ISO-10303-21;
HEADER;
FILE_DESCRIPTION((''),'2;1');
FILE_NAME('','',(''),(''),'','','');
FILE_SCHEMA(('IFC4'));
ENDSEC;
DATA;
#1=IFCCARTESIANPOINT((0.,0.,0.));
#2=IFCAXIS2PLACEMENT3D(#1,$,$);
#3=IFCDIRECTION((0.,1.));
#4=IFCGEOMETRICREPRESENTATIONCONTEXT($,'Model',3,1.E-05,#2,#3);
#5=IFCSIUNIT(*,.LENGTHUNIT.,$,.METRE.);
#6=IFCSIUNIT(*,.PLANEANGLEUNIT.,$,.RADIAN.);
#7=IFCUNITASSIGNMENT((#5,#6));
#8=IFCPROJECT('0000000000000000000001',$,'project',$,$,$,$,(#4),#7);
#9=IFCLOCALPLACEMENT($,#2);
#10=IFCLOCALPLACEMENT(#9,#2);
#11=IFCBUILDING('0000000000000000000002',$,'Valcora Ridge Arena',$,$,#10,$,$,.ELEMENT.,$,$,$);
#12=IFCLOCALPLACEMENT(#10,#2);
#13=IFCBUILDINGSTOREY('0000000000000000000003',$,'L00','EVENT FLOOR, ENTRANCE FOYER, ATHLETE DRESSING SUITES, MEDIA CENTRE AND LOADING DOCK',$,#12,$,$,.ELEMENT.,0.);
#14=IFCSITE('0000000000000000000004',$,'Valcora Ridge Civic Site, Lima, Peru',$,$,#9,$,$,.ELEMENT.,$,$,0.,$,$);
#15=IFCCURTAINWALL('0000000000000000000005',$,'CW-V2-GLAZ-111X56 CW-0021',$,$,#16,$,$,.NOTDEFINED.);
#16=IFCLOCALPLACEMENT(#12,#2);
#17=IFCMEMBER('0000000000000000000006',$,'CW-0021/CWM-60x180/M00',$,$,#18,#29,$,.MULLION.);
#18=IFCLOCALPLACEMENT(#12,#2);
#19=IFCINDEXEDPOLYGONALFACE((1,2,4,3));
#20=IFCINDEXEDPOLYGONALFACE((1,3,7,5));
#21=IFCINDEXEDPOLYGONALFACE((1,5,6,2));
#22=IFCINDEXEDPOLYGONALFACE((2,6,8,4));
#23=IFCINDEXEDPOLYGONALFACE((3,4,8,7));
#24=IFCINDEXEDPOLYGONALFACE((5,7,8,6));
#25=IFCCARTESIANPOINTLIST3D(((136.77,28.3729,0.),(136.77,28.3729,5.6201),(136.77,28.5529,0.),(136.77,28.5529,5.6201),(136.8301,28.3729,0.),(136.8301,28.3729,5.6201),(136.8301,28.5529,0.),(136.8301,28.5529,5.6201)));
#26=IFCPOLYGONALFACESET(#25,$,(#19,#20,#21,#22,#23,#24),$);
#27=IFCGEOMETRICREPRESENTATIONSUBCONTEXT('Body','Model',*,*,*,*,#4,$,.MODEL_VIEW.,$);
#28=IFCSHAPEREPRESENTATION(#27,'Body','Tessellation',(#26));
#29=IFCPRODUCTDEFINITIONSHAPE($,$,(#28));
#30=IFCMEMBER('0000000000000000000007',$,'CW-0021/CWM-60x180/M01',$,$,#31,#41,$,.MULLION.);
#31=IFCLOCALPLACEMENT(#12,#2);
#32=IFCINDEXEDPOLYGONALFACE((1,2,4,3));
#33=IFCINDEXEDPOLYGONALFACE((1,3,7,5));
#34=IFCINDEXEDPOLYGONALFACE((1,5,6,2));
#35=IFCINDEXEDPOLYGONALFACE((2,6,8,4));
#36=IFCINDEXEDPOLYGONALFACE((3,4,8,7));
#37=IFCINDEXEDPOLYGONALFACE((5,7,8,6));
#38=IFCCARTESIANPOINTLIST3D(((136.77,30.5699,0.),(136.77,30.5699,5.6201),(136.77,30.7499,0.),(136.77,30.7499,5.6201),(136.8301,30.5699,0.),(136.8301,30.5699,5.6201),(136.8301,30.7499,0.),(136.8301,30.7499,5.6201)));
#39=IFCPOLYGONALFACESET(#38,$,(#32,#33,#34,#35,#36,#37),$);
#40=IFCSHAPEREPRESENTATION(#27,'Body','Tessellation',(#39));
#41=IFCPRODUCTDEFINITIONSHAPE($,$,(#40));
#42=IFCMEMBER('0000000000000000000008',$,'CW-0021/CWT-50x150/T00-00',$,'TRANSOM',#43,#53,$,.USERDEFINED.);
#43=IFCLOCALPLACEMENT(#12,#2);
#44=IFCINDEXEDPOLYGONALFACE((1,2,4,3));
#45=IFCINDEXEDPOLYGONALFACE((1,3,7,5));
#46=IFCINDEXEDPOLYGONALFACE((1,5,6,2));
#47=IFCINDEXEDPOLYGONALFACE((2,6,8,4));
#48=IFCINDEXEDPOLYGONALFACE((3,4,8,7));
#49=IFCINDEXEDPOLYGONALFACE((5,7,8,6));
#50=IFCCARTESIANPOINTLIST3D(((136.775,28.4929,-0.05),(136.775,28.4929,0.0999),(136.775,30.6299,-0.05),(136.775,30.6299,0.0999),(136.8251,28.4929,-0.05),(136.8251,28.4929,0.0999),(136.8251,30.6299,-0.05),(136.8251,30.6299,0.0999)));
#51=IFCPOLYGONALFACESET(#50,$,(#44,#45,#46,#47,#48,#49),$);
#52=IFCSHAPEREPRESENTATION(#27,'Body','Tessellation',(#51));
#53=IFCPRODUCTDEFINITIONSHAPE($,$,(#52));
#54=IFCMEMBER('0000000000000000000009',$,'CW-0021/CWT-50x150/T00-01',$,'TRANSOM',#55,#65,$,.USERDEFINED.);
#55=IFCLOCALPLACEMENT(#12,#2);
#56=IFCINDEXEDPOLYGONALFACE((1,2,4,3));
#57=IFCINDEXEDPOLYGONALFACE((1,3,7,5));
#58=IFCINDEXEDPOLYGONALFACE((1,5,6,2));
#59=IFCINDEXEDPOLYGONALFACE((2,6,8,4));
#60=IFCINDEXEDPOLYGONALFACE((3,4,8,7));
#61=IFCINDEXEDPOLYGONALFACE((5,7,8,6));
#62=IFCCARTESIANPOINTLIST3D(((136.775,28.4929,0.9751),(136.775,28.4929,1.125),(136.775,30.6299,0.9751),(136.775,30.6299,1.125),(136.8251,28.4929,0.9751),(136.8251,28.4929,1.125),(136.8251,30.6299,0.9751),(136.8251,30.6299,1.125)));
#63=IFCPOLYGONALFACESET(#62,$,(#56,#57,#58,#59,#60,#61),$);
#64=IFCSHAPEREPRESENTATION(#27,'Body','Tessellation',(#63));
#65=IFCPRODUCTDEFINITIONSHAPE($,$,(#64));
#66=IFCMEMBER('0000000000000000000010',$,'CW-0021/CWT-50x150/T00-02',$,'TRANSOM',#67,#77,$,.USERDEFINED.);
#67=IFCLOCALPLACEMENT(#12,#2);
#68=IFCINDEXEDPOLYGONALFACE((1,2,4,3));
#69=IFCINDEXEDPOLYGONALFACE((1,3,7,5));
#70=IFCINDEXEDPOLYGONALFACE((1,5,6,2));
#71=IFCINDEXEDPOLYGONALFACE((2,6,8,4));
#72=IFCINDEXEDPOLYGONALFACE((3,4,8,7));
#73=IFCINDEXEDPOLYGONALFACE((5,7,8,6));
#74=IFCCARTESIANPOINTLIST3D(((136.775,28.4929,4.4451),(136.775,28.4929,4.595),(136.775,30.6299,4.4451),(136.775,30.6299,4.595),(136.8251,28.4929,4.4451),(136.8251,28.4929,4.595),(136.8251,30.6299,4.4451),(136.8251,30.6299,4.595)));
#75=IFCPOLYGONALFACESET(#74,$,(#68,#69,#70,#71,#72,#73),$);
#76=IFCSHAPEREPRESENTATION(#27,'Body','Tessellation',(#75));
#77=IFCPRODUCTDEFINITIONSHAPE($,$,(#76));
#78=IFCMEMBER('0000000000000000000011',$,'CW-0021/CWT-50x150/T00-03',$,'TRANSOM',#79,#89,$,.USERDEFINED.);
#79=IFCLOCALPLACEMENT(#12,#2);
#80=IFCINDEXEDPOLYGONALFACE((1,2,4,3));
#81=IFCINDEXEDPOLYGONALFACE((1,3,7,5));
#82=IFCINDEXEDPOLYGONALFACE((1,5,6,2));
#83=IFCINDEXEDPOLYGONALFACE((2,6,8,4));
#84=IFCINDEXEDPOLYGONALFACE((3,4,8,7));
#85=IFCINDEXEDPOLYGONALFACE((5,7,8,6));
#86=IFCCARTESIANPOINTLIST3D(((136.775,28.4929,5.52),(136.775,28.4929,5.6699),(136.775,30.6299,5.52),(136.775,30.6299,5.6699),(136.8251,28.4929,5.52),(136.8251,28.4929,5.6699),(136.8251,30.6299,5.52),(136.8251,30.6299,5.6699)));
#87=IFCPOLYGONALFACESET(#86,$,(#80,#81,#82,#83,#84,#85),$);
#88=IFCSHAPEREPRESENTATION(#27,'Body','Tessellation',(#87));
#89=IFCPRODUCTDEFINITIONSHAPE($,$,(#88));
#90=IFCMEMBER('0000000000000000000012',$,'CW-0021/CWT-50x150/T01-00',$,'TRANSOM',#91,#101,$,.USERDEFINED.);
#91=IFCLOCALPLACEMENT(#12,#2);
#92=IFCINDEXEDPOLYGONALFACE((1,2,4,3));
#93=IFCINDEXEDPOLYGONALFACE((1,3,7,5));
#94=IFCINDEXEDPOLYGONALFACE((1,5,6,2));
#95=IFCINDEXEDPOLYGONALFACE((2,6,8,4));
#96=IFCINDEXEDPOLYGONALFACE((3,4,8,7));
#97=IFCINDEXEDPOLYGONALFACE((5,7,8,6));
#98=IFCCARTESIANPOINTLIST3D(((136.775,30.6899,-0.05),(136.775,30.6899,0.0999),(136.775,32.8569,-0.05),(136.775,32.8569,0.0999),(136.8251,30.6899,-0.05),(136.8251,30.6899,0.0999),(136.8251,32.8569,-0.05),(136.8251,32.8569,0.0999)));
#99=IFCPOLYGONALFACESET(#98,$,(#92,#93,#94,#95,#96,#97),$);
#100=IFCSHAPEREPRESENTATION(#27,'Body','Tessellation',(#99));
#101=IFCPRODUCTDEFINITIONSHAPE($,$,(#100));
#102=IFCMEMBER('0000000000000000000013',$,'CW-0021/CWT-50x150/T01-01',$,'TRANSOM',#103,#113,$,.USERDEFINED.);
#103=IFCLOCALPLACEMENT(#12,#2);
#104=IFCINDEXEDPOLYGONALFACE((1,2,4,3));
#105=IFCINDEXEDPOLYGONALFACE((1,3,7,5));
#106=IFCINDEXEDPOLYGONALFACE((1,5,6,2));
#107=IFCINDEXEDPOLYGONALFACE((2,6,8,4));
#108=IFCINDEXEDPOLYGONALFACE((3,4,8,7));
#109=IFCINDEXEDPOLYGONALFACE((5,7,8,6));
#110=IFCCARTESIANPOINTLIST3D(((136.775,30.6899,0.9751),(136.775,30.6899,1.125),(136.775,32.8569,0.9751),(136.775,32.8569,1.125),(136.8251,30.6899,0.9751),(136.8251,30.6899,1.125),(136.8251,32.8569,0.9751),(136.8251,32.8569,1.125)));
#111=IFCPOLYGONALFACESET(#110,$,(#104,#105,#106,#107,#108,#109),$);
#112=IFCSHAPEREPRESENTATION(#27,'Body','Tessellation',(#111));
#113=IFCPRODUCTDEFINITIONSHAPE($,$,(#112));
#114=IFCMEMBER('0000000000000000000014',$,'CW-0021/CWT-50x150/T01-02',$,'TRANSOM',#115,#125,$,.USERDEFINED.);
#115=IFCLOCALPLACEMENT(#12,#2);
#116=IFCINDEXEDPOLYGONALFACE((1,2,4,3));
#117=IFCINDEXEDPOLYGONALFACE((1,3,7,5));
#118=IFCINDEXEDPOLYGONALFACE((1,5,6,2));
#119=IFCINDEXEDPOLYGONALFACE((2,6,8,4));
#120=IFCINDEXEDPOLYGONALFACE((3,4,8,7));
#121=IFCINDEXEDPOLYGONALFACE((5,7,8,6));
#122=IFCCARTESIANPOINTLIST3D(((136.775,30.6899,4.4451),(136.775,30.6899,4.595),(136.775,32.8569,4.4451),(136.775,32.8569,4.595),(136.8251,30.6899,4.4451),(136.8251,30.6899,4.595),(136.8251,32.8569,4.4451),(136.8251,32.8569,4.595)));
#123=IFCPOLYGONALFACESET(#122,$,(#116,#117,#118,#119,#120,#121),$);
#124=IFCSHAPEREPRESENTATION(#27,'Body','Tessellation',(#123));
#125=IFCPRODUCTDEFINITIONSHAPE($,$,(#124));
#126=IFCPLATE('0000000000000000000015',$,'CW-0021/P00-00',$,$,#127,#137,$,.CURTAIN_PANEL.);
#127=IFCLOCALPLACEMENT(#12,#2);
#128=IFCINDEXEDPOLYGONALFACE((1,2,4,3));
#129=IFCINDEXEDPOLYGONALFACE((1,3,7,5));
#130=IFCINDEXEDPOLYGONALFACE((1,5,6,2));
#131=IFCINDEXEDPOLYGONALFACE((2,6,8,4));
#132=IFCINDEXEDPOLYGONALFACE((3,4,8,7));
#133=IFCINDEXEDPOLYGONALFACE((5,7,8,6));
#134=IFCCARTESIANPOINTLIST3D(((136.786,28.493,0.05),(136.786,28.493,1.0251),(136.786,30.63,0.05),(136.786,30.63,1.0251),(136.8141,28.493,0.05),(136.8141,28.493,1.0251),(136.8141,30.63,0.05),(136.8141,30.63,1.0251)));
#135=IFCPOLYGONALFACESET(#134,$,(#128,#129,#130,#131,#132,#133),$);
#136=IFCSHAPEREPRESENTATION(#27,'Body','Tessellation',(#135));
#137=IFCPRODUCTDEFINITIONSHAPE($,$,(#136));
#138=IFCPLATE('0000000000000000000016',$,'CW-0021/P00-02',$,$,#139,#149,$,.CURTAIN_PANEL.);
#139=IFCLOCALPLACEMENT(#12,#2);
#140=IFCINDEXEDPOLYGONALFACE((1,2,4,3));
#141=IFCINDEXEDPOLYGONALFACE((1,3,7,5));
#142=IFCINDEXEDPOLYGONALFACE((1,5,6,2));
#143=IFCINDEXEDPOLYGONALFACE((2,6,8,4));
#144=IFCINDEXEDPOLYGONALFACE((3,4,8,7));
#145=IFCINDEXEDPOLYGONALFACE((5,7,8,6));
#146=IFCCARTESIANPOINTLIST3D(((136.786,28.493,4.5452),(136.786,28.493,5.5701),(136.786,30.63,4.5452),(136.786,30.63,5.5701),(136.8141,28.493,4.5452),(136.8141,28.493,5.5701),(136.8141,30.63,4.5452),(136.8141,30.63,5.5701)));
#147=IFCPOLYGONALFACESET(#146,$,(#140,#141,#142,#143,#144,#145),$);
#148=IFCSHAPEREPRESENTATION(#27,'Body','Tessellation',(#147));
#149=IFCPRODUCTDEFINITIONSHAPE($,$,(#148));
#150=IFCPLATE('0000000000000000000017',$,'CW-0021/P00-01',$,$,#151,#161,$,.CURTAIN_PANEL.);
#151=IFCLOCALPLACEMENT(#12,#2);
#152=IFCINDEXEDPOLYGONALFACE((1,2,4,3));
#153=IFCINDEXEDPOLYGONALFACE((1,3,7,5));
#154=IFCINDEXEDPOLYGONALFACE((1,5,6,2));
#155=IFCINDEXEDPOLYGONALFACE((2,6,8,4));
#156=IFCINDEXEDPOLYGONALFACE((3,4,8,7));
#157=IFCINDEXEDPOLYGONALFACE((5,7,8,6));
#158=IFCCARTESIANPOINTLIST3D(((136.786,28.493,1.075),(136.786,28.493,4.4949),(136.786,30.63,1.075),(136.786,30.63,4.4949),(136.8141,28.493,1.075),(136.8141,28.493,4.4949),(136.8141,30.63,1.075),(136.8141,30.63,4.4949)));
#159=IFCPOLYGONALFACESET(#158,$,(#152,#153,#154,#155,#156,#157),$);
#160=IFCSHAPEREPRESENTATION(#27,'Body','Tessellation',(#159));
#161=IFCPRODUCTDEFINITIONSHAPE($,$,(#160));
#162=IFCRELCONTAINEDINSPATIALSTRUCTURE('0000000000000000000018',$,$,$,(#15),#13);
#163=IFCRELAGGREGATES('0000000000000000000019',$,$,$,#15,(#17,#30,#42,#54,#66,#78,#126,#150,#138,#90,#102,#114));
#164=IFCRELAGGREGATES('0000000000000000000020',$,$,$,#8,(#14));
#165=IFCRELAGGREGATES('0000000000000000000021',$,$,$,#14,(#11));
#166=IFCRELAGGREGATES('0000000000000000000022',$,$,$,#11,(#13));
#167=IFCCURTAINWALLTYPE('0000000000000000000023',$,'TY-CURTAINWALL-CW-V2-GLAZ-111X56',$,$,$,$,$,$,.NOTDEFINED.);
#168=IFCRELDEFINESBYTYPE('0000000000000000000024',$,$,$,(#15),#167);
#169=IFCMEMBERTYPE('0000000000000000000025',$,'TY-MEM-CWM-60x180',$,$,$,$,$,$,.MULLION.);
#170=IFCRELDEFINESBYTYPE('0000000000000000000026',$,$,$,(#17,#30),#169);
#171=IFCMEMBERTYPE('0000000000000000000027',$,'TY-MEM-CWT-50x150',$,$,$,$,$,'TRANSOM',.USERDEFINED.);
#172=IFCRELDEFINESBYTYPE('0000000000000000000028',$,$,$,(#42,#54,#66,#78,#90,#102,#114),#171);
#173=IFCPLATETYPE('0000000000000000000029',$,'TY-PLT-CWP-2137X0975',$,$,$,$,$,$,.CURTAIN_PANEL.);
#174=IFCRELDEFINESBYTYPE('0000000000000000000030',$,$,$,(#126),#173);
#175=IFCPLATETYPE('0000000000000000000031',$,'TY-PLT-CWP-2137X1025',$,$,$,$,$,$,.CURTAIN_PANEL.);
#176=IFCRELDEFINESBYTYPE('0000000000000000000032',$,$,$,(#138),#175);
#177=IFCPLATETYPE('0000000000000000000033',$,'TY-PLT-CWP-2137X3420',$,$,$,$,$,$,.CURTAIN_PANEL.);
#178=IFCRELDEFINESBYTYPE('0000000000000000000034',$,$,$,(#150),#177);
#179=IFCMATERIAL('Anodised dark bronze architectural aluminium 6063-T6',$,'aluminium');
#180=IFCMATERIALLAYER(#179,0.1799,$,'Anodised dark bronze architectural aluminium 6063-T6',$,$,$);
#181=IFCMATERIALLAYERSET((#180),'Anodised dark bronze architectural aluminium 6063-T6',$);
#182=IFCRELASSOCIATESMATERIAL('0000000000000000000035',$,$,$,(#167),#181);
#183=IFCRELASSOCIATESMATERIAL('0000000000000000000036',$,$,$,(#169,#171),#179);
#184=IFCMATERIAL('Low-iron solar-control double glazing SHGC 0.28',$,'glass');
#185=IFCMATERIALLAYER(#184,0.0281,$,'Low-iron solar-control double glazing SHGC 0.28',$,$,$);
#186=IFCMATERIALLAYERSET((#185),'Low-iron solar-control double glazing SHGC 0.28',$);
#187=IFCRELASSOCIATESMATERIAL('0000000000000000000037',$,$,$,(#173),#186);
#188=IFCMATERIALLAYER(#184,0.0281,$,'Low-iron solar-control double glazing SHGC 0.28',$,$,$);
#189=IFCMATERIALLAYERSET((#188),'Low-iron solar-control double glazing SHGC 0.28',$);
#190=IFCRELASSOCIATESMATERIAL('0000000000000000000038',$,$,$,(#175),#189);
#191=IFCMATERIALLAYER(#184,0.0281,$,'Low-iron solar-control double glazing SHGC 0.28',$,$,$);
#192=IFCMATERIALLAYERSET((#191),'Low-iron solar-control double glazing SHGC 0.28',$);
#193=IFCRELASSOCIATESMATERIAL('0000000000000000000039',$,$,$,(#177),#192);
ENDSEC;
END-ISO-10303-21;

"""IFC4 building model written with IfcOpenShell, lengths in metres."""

from ifc_helpers import new_model, si_unit, direction, frame, origin, origin_2d, place, context, subcontext, project, spatial, rectangle, extrude, material, layer, layer_set, material_profile, profile_set, type_object, element, aggregate, save


model = new_model("IFC4")

# Units and contexts
model_context = context("Model", 3, precision=1e-05, world=origin(), true_north=direction((0.0, 1.0)))
body_context = subcontext(model_context, "Body", "Model", "MODEL_VIEW")
ifc_project = project(units=[si_unit("LENGTHUNIT", "METRE"), si_unit("PLANEANGLEUNIT", "RADIAN")], contexts=[model_context])

# Site, building, storey
site_placement = place(None, origin())
site = spatial("IfcSite", under=ifc_project, at=site_placement, Name="Valcora Ridge Civic Site, Lima, Peru", CompositionType="ELEMENT", RefElevation=0.0)
building_placement = place(site_placement, origin())
building = spatial("IfcBuilding", under=site, at=building_placement, Name="Valcora Ridge Arena", CompositionType="ELEMENT")
storey_placement = place(building_placement, origin())
storey = spatial("IfcBuildingStorey", under=building, at=storey_placement, Name="L00", Description="EVENT FLOOR, ENTRANCE FOYER, ATHLETE DRESSING SUITES, MEDIA CENTRE AND LOADING DOCK", CompositionType="ELEMENT", Elevation=0.0)

# Shared definitions
ifc_material_1 = material(Name="Anodised dark bronze architectural aluminium 6063-T6", Category="aluminium")

# Curtain wall, members, plates
ifc_layer_1 = layer(ifc_material_1, 0.1799, Name="Anodised dark bronze architectural aluminium 6063-T6")
ifc_layer_set_1 = layer_set([ifc_layer_1], Name="Anodised dark bronze architectural aluminium 6063-T6")
curtain_wall_type_1 = type_object("IfcCurtainWallType", Name="TY-CURTAINWALL-CW-V2-GLAZ-111X56", PredefinedType="NOTDEFINED", material=ifc_layer_set_1)
curtain_wall_1_placement = place(storey_placement, origin())
curtain_wall_1 = element("IfcCurtainWall", 1, at=curtain_wall_1_placement, inside=storey, type_object=curtain_wall_type_1, Name="CW-V2-GLAZ-111X56 CW-0021", PredefinedType="NOTDEFINED")
ifc_material_profile_1 = material_profile(ifc_material_1, rectangle(XDim=0.0601, YDim=0.1799, at=origin_2d()), Name="ALU MULLION 60x180")
ifc_profile_set_1 = profile_set([ifc_material_profile_1], Name="Anodised dark bronze architectural aluminium 6063-T6")
member_type_1 = type_object("IfcMemberType", Name="TY-MEM-CWM-60x180", PredefinedType="MULLION", material=ifc_profile_set_1)
member_1_placement = place(storey_placement, frame((136.8, 28.4629, 0.0), z_axis=(0.0, 0.0, 1.0), x_axis=(-1.0, 0.0, 0.0)))
member_1 = element("IfcMember", 2, at=member_1_placement, type_object=member_type_1, Name="CW-0021/CWM-60x180/M00", PredefinedType="MULLION", context=body_context, shape_type="SweptSolid", body=[
    extrude(rectangle(XDim=0.0601, YDim=0.1799, at=origin_2d()), origin(), (0.0, 0.0, 1.0), 5.6201),
])
member_2_placement = place(storey_placement, frame((136.8, 30.6599, 0.0), z_axis=(0.0, 0.0, 1.0), x_axis=(-1.0, 0.0, 0.0)))
member_2 = element("IfcMember", 3, at=member_2_placement, type_object=member_type_1, Name="CW-0021/CWM-60x180/M01", PredefinedType="MULLION", context=body_context, shape_type="SweptSolid", body=[
    extrude(rectangle(XDim=0.0601, YDim=0.1799, at=origin_2d()), origin(), (0.0, 0.0, 1.0), 5.6201),
])
ifc_material_profile_2 = material_profile(ifc_material_1, rectangle(XDim=0.05, YDim=0.1499, at=origin_2d()), Name="ALU TRANSOM 50x150")
ifc_profile_set_2 = profile_set([ifc_material_profile_2], Name="Anodised dark bronze architectural aluminium 6063-T6")
member_type_2 = type_object("IfcMemberType", Name="TY-MEM-CWT-50x150", ElementType="TRANSOM", PredefinedType="USERDEFINED", material=ifc_profile_set_2)
member_3_placement = place(storey_placement, frame((136.8, 28.4929, 0.0249), z_axis=(0.0, 1.0, 0.0), x_axis=(-1.0, 0.0, 0.0)))
member_3 = element("IfcMember", 4, at=member_3_placement, type_object=member_type_2, Name="CW-0021/CWT-50x150/T00-00", ObjectType="TRANSOM", PredefinedType="USERDEFINED", context=body_context, shape_type="SweptSolid", body=[
    extrude(rectangle(XDim=0.05, YDim=0.1499, at=origin_2d()), origin(), (0.0, 0.0, 1.0), 2.137),
])
member_4_placement = place(storey_placement, frame((136.8, 28.4929, 1.05), z_axis=(0.0, 1.0, 0.0), x_axis=(-1.0, 0.0, 0.0)))
member_4 = element("IfcMember", 5, at=member_4_placement, type_object=member_type_2, Name="CW-0021/CWT-50x150/T00-01", ObjectType="TRANSOM", PredefinedType="USERDEFINED", context=body_context, shape_type="SweptSolid", body=[
    extrude(rectangle(XDim=0.05, YDim=0.1499, at=origin_2d()), origin(), (0.0, 0.0, 1.0), 2.137),
])
member_5_placement = place(storey_placement, frame((136.8, 28.4929, 4.52), z_axis=(0.0, 1.0, 0.0), x_axis=(-1.0, 0.0, 0.0)))
member_5 = element("IfcMember", 6, at=member_5_placement, type_object=member_type_2, Name="CW-0021/CWT-50x150/T00-02", ObjectType="TRANSOM", PredefinedType="USERDEFINED", context=body_context, shape_type="SweptSolid", body=[
    extrude(rectangle(XDim=0.05, YDim=0.1499, at=origin_2d()), origin(), (0.0, 0.0, 1.0), 2.137),
])
member_6_placement = place(storey_placement, frame((136.8, 28.4929, 5.595), z_axis=(0.0, 1.0, 0.0), x_axis=(-1.0, 0.0, 0.0)))
member_6 = element("IfcMember", 7, at=member_6_placement, type_object=member_type_2, Name="CW-0021/CWT-50x150/T00-03", ObjectType="TRANSOM", PredefinedType="USERDEFINED", context=body_context, shape_type="SweptSolid", body=[
    extrude(rectangle(XDim=0.05, YDim=0.1499, at=origin_2d()), origin(), (0.0, 0.0, 1.0), 2.137),
])
member_7_placement = place(storey_placement, frame((136.8, 30.6899, 0.0249), z_axis=(0.0, 1.0, 0.0), x_axis=(-1.0, 0.0, 0.0)))
member_7 = element("IfcMember", 8, at=member_7_placement, type_object=member_type_2, Name="CW-0021/CWT-50x150/T01-00", ObjectType="TRANSOM", PredefinedType="USERDEFINED", context=body_context, shape_type="SweptSolid", body=[
    extrude(rectangle(XDim=0.05, YDim=0.1499, at=origin_2d()), origin(), (0.0, 0.0, 1.0), 2.167),
])
member_8_placement = place(storey_placement, frame((136.8, 30.6899, 1.05), z_axis=(0.0, 1.0, 0.0), x_axis=(-1.0, 0.0, 0.0)))
member_8 = element("IfcMember", 9, at=member_8_placement, type_object=member_type_2, Name="CW-0021/CWT-50x150/T01-01", ObjectType="TRANSOM", PredefinedType="USERDEFINED", context=body_context, shape_type="SweptSolid", body=[
    extrude(rectangle(XDim=0.05, YDim=0.1499, at=origin_2d()), origin(), (0.0, 0.0, 1.0), 2.167),
])
member_9_placement = place(storey_placement, frame((136.8, 30.6899, 4.52), z_axis=(0.0, 1.0, 0.0), x_axis=(-1.0, 0.0, 0.0)))
member_9 = element("IfcMember", 10, at=member_9_placement, type_object=member_type_2, Name="CW-0021/CWT-50x150/T01-02", ObjectType="TRANSOM", PredefinedType="USERDEFINED", context=body_context, shape_type="SweptSolid", body=[
    extrude(rectangle(XDim=0.05, YDim=0.1499, at=origin_2d()), origin(), (0.0, 0.0, 1.0), 2.167),
])
ifc_material_2 = material(Name="Low-iron solar-control double glazing SHGC 0.28", Category="glass")
ifc_layer_2 = layer(ifc_material_2, 0.0281, Name="Low-iron solar-control double glazing SHGC 0.28")
ifc_layer_set_2 = layer_set([ifc_layer_2], Name="Low-iron solar-control double glazing SHGC 0.28")
plate_type_1 = type_object("IfcPlateType", Name="TY-PLT-CWP-2137X0975", PredefinedType="CURTAIN_PANEL", material=ifc_layer_set_2)
plate_1_placement = place(storey_placement, frame((136.8, 29.5615, 0.05), z_axis=(0.0, 0.0, 1.0), x_axis=(0.0, 1.0, 0.0)))
plate_1 = element("IfcPlate", 11, at=plate_1_placement, type_object=plate_type_1, Name="CW-0021/P00-00", PredefinedType="CURTAIN_PANEL", context=body_context, shape_type="SweptSolid", body=[
    extrude(rectangle(XDim=2.137, YDim=0.0281, at=origin_2d()), origin(), (0.0, 0.0, 1.0), 0.9751),
])
ifc_layer_3 = layer(ifc_material_2, 0.0281, Name="Low-iron solar-control double glazing SHGC 0.28")
ifc_layer_set_3 = layer_set([ifc_layer_3], Name="Low-iron solar-control double glazing SHGC 0.28")
plate_type_2 = type_object("IfcPlateType", Name="TY-PLT-CWP-2137X1025", PredefinedType="CURTAIN_PANEL", material=ifc_layer_set_3)
plate_2_placement = place(storey_placement, frame((136.8, 29.5615, 4.5452), z_axis=(0.0, 0.0, 1.0), x_axis=(0.0, 1.0, 0.0)))
plate_2 = element("IfcPlate", 12, at=plate_2_placement, type_object=plate_type_2, Name="CW-0021/P00-02", PredefinedType="CURTAIN_PANEL", context=body_context, shape_type="SweptSolid", body=[
    extrude(rectangle(XDim=2.137, YDim=0.0281, at=origin_2d()), origin(), (0.0, 0.0, 1.0), 1.0249),
])
ifc_layer_4 = layer(ifc_material_2, 0.0281, Name="Low-iron solar-control double glazing SHGC 0.28")
ifc_layer_set_4 = layer_set([ifc_layer_4], Name="Low-iron solar-control double glazing SHGC 0.28")
plate_type_3 = type_object("IfcPlateType", Name="TY-PLT-CWP-2137X3420", PredefinedType="CURTAIN_PANEL", material=ifc_layer_set_4)
plate_3_placement = place(storey_placement, frame((136.8, 29.5615, 1.075), z_axis=(0.0, 0.0, 1.0), x_axis=(0.0, 1.0, 0.0)))
plate_3 = element("IfcPlate", 13, at=plate_3_placement, type_object=plate_type_3, Name="CW-0021/P00-01", PredefinedType="CURTAIN_PANEL", context=body_context, shape_type="SweptSolid", body=[
    extrude(rectangle(XDim=2.137, YDim=0.0281, at=origin_2d()), origin(), (0.0, 0.0, 1.0), 3.4199),
])
aggregate(curtain_wall_1, [member_1, member_2, member_3, member_4, member_5, member_6, plate_1, plate_3, plate_2, member_7, member_8, member_9])

save(model, "model.ifc")
